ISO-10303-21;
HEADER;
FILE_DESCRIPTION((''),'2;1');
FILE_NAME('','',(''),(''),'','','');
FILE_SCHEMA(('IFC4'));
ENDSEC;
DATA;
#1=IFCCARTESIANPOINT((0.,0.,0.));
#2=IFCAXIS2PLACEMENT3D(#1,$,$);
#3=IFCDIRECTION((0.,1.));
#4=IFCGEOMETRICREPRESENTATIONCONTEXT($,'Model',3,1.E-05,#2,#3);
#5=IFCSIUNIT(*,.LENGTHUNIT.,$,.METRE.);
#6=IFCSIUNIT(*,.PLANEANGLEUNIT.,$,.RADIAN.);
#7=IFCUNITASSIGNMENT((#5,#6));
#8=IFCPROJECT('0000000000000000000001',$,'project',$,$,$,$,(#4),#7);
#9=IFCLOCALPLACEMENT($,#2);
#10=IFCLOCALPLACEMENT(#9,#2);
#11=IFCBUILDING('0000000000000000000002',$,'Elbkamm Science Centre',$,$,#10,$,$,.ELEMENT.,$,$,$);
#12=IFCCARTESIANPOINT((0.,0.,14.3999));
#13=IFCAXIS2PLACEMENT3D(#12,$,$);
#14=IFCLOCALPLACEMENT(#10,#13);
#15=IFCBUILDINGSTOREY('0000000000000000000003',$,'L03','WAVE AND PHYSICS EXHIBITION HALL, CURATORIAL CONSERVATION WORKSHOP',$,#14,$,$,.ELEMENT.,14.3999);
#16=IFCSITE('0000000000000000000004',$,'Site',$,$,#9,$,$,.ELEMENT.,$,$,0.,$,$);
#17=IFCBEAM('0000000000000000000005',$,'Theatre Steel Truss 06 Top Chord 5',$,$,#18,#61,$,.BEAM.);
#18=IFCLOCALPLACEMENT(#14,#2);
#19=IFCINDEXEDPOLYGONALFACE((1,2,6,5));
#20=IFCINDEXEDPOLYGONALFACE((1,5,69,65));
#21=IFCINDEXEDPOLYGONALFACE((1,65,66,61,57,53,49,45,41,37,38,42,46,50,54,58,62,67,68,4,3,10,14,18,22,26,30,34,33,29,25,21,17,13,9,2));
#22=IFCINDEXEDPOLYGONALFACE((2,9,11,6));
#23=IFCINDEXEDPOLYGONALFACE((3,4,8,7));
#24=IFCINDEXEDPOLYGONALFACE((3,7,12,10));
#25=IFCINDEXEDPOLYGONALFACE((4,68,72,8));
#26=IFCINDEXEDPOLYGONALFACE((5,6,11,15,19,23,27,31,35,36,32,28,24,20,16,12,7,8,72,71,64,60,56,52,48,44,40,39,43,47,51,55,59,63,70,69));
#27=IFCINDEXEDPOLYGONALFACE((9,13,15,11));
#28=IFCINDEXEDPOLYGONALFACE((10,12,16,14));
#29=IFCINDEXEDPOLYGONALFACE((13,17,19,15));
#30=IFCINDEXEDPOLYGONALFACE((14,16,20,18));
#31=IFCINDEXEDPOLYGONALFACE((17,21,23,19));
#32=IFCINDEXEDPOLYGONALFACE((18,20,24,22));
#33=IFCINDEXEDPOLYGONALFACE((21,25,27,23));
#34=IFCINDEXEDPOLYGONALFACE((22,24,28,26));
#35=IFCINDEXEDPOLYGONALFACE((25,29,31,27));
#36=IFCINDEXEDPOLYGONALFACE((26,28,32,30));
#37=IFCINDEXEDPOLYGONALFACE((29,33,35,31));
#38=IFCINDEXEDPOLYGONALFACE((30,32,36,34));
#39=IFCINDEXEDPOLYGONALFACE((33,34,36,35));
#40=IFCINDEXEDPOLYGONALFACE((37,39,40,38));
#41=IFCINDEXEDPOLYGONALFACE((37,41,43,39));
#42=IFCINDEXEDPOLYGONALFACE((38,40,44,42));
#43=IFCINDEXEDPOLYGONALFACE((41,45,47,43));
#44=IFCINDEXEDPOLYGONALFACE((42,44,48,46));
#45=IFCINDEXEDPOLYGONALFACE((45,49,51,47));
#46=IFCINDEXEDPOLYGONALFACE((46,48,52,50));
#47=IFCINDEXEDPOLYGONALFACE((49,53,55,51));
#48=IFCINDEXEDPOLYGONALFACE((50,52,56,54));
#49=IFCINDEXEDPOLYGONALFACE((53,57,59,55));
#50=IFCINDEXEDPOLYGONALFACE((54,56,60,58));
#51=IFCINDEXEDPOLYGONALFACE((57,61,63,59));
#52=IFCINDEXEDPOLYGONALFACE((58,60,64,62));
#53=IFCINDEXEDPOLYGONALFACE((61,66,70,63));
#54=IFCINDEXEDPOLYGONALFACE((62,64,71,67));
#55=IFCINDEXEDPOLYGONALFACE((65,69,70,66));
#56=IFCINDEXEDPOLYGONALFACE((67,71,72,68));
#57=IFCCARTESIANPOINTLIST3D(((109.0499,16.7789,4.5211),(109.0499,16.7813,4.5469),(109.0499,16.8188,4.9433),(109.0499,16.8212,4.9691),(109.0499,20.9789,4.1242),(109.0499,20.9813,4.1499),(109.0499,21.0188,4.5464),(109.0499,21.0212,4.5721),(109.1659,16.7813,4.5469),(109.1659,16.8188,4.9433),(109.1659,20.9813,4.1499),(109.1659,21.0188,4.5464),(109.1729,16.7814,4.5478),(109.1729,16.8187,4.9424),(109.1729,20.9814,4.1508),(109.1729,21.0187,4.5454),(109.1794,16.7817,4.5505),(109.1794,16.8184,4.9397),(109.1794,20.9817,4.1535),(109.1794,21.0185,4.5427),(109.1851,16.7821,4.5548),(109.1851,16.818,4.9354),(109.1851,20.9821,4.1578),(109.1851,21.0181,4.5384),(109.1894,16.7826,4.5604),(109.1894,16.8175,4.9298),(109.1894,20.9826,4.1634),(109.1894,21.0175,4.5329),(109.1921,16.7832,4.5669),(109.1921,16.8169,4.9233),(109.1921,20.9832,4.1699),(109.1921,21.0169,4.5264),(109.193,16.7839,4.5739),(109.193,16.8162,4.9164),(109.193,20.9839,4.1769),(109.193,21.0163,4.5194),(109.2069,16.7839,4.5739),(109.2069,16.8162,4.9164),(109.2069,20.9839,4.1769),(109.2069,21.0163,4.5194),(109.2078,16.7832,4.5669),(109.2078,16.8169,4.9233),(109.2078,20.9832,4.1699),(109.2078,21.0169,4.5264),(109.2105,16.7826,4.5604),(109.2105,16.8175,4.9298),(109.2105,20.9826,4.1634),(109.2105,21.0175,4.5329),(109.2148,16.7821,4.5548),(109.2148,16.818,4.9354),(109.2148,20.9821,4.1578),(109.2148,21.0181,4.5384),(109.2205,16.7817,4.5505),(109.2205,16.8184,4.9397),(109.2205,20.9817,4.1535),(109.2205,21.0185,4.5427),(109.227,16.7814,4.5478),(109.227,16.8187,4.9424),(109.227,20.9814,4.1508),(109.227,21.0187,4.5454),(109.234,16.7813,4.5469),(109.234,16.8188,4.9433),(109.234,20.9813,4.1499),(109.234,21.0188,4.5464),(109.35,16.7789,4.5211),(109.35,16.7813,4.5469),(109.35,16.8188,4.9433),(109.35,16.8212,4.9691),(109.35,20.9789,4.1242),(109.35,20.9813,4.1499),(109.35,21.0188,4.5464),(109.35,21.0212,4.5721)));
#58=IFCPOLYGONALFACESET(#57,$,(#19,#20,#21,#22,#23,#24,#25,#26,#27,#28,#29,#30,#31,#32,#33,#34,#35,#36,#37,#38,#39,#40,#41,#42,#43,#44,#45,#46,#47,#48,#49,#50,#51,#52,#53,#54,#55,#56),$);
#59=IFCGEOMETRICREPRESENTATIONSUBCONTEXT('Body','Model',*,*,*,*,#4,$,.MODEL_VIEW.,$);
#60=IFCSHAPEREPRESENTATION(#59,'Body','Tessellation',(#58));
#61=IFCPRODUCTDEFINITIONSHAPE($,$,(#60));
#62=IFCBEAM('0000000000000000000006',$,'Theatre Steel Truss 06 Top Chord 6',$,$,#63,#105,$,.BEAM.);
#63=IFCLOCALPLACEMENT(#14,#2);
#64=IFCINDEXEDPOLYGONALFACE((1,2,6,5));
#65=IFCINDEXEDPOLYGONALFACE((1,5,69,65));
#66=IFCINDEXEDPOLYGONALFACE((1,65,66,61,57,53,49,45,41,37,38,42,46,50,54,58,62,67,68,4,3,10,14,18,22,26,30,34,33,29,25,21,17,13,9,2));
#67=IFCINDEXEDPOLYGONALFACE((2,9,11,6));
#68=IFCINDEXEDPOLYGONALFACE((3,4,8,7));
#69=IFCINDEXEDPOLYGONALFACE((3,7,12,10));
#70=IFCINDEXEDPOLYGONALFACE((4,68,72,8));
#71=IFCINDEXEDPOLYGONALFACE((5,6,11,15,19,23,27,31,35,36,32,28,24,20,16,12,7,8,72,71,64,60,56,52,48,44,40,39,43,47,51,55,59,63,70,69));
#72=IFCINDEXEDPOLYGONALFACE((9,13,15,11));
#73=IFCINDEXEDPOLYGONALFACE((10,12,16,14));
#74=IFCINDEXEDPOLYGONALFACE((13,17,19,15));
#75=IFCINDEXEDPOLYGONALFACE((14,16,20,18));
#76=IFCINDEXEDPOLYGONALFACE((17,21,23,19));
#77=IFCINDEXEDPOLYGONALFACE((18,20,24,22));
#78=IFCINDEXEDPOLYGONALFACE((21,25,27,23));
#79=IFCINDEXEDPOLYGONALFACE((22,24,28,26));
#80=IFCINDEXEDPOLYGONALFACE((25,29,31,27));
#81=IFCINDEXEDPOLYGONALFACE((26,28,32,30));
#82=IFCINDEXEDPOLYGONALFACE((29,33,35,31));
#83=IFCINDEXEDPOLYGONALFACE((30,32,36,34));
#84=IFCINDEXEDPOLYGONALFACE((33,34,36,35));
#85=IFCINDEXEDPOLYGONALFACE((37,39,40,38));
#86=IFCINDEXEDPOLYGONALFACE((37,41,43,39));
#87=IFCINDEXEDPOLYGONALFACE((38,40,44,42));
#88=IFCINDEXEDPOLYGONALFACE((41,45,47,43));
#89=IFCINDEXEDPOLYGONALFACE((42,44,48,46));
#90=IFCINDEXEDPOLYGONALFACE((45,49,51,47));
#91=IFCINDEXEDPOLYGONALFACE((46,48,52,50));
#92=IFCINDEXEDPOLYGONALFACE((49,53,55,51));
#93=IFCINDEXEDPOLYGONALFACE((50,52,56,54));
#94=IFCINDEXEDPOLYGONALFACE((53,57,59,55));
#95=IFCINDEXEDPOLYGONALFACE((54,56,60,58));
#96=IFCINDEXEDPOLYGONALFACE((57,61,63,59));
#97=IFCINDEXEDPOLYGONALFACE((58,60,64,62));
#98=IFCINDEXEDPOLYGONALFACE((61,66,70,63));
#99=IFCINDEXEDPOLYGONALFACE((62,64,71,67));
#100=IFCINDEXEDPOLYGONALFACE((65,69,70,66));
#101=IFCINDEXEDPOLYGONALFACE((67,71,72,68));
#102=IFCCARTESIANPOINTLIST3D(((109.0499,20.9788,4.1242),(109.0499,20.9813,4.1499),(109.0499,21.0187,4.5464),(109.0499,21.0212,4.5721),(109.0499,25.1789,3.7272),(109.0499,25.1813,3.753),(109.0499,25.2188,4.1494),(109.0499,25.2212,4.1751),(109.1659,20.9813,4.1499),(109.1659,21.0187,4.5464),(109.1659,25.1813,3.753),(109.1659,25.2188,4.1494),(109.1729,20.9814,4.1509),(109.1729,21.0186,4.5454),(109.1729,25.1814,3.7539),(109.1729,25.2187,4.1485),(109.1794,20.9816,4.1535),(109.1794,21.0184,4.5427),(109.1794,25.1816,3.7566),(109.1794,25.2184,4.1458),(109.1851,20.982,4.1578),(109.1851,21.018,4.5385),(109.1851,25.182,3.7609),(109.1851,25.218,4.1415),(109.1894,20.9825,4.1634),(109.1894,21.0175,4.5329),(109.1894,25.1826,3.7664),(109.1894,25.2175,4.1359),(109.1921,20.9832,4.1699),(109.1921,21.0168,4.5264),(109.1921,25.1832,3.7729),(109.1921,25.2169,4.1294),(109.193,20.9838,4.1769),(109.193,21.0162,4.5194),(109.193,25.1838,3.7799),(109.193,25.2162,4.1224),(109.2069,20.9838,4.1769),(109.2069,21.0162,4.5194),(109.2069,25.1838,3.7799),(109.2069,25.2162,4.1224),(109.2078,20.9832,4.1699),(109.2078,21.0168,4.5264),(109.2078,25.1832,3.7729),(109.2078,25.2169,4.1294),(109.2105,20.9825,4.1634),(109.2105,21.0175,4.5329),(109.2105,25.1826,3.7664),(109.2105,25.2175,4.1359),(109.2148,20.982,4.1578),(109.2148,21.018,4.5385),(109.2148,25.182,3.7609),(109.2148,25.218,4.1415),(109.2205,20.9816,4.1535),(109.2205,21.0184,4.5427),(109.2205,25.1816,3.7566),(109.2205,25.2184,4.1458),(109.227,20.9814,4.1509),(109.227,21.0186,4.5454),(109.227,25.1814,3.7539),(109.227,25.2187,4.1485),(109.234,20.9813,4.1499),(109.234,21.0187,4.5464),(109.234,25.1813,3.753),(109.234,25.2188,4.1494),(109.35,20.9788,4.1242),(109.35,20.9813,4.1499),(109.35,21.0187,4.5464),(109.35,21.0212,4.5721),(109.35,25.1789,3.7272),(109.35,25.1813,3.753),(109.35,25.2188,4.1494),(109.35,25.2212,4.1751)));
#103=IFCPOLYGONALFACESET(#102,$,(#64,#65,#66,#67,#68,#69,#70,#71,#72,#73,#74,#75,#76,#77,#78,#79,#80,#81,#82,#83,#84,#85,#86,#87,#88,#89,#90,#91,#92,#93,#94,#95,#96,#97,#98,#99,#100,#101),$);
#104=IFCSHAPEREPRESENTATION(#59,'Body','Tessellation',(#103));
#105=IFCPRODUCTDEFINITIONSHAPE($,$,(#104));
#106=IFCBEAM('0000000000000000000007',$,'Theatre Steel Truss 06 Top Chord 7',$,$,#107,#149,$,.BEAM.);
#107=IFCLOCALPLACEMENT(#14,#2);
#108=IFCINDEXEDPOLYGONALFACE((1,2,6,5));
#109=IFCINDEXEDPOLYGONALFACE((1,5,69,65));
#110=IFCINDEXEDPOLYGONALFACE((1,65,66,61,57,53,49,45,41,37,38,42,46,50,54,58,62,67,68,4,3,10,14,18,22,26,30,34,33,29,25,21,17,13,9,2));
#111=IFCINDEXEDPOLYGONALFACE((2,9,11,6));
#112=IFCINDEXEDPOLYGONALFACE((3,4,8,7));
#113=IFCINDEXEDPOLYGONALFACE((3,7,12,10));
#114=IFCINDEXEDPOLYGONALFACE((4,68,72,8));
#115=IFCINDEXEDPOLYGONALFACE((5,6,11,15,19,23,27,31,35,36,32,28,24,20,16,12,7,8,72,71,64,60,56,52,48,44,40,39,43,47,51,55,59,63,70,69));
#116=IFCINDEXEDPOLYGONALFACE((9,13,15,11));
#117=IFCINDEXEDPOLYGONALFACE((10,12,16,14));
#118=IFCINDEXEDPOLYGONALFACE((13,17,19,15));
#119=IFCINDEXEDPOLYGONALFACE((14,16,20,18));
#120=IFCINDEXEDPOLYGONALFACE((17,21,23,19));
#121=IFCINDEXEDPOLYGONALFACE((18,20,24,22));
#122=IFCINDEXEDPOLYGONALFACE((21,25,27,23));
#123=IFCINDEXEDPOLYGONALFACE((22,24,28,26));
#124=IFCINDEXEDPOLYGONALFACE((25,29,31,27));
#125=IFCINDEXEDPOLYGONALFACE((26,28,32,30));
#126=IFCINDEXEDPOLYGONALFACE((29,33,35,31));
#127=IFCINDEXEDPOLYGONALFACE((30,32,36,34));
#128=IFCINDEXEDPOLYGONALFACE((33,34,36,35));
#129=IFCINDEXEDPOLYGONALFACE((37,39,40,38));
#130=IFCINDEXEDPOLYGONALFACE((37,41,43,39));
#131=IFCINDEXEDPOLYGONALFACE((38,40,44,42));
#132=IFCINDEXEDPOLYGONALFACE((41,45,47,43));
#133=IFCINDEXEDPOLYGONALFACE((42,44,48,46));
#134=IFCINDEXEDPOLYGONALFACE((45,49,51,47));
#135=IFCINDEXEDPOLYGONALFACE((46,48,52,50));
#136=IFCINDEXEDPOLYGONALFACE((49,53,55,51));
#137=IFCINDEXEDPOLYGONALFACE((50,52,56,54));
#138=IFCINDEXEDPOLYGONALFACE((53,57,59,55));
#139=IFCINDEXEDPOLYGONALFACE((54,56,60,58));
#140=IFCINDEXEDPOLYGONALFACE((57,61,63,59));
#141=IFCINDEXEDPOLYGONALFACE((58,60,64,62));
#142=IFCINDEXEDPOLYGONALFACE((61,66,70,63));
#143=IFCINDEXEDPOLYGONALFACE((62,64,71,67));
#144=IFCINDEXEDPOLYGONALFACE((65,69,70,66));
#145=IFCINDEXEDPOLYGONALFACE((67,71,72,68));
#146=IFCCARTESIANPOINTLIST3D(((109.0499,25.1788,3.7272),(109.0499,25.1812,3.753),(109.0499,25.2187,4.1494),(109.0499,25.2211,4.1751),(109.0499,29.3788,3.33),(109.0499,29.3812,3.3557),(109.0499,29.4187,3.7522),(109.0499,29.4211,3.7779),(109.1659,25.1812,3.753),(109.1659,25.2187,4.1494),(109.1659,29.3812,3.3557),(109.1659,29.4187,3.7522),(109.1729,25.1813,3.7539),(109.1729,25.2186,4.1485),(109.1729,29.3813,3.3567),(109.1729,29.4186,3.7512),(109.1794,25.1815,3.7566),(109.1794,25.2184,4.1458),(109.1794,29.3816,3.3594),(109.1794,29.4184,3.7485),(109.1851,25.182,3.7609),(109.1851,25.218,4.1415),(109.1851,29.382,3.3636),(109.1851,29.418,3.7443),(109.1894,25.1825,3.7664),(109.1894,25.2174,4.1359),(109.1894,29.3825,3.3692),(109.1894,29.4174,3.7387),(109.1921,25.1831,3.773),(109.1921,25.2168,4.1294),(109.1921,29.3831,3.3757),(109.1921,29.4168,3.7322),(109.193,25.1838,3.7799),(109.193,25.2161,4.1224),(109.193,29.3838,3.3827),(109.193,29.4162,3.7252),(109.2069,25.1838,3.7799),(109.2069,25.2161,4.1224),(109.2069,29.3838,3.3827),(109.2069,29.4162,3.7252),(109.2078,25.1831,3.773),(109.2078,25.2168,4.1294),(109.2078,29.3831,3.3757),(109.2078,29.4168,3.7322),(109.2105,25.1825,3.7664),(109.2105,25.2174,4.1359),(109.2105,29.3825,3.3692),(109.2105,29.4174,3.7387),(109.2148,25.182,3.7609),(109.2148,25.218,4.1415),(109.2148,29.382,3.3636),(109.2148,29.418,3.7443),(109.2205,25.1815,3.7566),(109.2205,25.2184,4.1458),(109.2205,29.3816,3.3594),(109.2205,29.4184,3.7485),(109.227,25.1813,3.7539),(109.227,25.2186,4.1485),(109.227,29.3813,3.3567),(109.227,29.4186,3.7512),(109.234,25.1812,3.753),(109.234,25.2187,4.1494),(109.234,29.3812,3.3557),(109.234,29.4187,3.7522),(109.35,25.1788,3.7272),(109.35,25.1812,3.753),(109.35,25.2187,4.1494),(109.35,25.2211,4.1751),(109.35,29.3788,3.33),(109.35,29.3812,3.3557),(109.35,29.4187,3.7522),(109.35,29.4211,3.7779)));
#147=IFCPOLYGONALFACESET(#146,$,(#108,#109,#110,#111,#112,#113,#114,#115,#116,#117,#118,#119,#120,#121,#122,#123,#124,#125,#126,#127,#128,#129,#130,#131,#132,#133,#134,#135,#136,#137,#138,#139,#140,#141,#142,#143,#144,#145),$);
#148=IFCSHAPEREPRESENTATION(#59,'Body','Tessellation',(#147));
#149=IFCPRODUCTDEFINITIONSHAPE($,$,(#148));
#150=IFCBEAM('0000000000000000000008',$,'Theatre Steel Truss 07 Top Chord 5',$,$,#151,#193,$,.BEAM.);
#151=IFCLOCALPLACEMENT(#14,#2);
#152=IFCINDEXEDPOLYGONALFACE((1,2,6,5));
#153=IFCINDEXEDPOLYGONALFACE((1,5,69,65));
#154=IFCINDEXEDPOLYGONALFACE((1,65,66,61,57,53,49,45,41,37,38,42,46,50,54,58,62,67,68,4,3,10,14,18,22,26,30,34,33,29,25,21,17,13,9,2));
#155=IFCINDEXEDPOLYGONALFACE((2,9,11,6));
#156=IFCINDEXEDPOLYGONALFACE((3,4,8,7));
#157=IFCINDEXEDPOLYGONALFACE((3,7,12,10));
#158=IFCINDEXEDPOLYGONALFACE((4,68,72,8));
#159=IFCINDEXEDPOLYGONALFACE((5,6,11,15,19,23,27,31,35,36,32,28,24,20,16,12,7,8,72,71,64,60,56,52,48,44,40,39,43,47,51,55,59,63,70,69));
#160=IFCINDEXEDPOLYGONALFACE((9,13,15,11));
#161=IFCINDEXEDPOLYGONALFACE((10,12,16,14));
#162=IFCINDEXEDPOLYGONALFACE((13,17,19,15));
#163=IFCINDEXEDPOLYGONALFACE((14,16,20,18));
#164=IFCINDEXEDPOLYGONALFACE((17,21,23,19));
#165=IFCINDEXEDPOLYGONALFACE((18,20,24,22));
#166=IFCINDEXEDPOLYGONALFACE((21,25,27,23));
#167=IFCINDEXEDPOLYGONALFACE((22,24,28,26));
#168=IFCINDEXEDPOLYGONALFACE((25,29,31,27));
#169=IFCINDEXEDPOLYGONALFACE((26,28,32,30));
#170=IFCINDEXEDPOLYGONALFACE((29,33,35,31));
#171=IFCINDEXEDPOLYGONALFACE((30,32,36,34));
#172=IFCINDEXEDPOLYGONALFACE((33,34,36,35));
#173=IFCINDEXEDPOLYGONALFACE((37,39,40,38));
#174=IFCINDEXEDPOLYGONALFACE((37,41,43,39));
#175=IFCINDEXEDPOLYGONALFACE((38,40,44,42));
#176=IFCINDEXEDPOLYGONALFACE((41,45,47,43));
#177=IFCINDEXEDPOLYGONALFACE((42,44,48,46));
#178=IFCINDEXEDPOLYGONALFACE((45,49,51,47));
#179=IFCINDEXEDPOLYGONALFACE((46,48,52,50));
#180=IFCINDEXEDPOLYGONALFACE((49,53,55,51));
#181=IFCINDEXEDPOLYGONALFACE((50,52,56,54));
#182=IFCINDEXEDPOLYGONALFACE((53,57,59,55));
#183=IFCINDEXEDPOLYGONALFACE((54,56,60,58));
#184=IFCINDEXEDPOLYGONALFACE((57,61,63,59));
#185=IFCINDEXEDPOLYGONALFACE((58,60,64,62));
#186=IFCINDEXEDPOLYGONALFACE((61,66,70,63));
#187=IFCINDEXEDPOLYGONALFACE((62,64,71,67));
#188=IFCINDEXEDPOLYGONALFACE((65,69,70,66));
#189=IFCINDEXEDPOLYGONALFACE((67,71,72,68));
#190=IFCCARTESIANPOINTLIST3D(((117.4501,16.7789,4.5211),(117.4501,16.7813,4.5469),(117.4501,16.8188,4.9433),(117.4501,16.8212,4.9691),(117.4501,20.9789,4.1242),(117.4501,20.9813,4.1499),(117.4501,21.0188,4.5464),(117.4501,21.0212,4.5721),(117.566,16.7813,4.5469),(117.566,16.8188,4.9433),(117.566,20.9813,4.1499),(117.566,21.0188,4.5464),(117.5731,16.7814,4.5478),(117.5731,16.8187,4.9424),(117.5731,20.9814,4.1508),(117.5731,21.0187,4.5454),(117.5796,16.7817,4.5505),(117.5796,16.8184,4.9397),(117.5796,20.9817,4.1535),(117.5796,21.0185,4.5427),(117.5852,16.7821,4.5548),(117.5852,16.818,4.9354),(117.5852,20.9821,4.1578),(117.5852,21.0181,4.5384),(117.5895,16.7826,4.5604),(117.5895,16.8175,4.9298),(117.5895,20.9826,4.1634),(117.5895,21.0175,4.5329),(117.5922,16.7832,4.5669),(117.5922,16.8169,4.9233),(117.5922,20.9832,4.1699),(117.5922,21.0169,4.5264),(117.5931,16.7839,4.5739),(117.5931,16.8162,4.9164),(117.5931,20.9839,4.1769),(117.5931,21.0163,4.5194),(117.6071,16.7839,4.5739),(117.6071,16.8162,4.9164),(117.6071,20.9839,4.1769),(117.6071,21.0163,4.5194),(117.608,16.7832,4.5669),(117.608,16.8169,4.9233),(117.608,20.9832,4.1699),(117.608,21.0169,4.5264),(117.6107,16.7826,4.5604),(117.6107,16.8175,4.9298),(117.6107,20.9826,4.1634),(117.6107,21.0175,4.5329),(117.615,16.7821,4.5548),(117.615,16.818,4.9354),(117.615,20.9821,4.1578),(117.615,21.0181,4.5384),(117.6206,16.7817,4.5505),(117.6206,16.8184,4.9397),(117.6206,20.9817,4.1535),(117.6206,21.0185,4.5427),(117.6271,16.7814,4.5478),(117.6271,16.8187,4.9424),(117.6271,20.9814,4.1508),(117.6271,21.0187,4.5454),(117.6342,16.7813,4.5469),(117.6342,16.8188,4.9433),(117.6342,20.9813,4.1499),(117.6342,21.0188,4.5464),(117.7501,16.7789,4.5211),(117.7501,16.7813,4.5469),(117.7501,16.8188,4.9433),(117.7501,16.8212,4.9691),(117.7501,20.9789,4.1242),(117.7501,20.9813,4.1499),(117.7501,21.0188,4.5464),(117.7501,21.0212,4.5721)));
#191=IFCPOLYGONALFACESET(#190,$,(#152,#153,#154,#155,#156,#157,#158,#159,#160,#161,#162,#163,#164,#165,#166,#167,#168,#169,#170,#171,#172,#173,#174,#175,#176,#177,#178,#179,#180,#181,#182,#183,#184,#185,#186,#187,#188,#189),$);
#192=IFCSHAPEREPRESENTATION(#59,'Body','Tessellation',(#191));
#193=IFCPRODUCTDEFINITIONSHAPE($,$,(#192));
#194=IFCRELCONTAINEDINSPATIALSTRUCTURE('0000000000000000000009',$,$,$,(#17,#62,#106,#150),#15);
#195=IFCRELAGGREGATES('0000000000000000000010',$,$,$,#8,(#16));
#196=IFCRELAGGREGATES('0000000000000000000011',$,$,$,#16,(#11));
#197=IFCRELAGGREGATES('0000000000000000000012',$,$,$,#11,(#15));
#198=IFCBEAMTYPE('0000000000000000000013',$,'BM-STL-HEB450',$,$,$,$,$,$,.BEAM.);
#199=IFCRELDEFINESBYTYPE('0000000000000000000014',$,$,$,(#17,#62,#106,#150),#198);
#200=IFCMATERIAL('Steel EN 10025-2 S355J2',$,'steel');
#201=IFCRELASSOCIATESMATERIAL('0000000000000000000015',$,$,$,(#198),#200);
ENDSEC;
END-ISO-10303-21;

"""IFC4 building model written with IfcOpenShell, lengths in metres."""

from ifc_helpers import new_model, si_unit, direction, frame, origin, origin_2d, place, context, subcontext, project, spatial, i_section, extrude, material, material_profile, profile_set, type_object, element, save


model = new_model("IFC4")

# Units and contexts
model_context = context("Model", 3, precision=1e-05, world=origin(), true_north=direction((0.0, 1.0)))
body_context = subcontext(model_context, "Body", "Model", "MODEL_VIEW")
ifc_project = project(units=[si_unit("LENGTHUNIT", "METRE"), si_unit("PLANEANGLEUNIT", "RADIAN")], contexts=[model_context])

# Site, building, storey
site_placement = place(None, origin())
site = spatial("IfcSite", under=ifc_project, at=site_placement, Name="Site", CompositionType="ELEMENT", RefElevation=0.0)
building_placement = place(site_placement, origin())
building = spatial("IfcBuilding", under=site, at=building_placement, Name="Elbkamm Science Centre", CompositionType="ELEMENT")
storey_placement = place(building_placement, frame((0.0, 0.0, 14.3999)))
storey = spatial("IfcBuildingStorey", under=building, at=storey_placement, Name="L03", Description="WAVE AND PHYSICS EXHIBITION HALL, CURATORIAL CONSERVATION WORKSHOP", CompositionType="ELEMENT", Elevation=14.3999)

# Beams
ifc_material_1 = material(Name="Steel EN 10025-2 S355J2", Category="steel")
ifc_material_profile_1 = material_profile(ifc_material_1, i_section(OverallWidth=0.3, OverallDepth=0.45, WebThickness=0.0139, FlangeThickness=0.0259, FilletRadius=0.0271, at=origin_2d()), Name="HEB 450")
ifc_profile_set_1 = profile_set([ifc_material_profile_1], Name="Steel EN 10025-2 S355J2")
beam_type = type_object("IfcBeamType", Name="BM-STL-HEB450", PredefinedType="BEAM", material=ifc_profile_set_1)
for number, where, z_axis, x_axis, name in (
    (1, (109.2, 16.8, 4.7451), (0.0, 0.995563, -0.094099), (-1.0, 0.0, 0.0), "Theatre Steel Truss 06 Top Chord 5"),
    (2, (109.2, 21.0, 4.3481), (0.0, 0.995563, -0.094099), (-1.0, 0.0, 0.0), "Theatre Steel Truss 06 Top Chord 6"),
    (3, (109.2, 25.2, 3.9512), (0.0, 0.995557, -0.094156), (-1.0, 0.0, 0.0), "Theatre Steel Truss 06 Top Chord 7"),
    (4, (117.6001, 16.8, 4.7451), (0.0, 0.995563, -0.094099), (-1.0, 0.0, 0.0), "Theatre Steel Truss 07 Top Chord 5"),
):
    element("IfcBeam", number, at=place(storey_placement, frame(where, z_axis=z_axis, x_axis=x_axis)), inside=storey, type_object=beam_type, Name=name, PredefinedType="BEAM", context=body_context, shape_type="SweptSolid", body=[
        extrude(i_section(OverallWidth=0.3, OverallDepth=0.45, WebThickness=0.0139, FlangeThickness=0.0259, FilletRadius=0.0271, at=origin_2d()), origin(), (0.0, 0.0, 1.0), 4.2188),
    ])

save(model, "model.ifc")
